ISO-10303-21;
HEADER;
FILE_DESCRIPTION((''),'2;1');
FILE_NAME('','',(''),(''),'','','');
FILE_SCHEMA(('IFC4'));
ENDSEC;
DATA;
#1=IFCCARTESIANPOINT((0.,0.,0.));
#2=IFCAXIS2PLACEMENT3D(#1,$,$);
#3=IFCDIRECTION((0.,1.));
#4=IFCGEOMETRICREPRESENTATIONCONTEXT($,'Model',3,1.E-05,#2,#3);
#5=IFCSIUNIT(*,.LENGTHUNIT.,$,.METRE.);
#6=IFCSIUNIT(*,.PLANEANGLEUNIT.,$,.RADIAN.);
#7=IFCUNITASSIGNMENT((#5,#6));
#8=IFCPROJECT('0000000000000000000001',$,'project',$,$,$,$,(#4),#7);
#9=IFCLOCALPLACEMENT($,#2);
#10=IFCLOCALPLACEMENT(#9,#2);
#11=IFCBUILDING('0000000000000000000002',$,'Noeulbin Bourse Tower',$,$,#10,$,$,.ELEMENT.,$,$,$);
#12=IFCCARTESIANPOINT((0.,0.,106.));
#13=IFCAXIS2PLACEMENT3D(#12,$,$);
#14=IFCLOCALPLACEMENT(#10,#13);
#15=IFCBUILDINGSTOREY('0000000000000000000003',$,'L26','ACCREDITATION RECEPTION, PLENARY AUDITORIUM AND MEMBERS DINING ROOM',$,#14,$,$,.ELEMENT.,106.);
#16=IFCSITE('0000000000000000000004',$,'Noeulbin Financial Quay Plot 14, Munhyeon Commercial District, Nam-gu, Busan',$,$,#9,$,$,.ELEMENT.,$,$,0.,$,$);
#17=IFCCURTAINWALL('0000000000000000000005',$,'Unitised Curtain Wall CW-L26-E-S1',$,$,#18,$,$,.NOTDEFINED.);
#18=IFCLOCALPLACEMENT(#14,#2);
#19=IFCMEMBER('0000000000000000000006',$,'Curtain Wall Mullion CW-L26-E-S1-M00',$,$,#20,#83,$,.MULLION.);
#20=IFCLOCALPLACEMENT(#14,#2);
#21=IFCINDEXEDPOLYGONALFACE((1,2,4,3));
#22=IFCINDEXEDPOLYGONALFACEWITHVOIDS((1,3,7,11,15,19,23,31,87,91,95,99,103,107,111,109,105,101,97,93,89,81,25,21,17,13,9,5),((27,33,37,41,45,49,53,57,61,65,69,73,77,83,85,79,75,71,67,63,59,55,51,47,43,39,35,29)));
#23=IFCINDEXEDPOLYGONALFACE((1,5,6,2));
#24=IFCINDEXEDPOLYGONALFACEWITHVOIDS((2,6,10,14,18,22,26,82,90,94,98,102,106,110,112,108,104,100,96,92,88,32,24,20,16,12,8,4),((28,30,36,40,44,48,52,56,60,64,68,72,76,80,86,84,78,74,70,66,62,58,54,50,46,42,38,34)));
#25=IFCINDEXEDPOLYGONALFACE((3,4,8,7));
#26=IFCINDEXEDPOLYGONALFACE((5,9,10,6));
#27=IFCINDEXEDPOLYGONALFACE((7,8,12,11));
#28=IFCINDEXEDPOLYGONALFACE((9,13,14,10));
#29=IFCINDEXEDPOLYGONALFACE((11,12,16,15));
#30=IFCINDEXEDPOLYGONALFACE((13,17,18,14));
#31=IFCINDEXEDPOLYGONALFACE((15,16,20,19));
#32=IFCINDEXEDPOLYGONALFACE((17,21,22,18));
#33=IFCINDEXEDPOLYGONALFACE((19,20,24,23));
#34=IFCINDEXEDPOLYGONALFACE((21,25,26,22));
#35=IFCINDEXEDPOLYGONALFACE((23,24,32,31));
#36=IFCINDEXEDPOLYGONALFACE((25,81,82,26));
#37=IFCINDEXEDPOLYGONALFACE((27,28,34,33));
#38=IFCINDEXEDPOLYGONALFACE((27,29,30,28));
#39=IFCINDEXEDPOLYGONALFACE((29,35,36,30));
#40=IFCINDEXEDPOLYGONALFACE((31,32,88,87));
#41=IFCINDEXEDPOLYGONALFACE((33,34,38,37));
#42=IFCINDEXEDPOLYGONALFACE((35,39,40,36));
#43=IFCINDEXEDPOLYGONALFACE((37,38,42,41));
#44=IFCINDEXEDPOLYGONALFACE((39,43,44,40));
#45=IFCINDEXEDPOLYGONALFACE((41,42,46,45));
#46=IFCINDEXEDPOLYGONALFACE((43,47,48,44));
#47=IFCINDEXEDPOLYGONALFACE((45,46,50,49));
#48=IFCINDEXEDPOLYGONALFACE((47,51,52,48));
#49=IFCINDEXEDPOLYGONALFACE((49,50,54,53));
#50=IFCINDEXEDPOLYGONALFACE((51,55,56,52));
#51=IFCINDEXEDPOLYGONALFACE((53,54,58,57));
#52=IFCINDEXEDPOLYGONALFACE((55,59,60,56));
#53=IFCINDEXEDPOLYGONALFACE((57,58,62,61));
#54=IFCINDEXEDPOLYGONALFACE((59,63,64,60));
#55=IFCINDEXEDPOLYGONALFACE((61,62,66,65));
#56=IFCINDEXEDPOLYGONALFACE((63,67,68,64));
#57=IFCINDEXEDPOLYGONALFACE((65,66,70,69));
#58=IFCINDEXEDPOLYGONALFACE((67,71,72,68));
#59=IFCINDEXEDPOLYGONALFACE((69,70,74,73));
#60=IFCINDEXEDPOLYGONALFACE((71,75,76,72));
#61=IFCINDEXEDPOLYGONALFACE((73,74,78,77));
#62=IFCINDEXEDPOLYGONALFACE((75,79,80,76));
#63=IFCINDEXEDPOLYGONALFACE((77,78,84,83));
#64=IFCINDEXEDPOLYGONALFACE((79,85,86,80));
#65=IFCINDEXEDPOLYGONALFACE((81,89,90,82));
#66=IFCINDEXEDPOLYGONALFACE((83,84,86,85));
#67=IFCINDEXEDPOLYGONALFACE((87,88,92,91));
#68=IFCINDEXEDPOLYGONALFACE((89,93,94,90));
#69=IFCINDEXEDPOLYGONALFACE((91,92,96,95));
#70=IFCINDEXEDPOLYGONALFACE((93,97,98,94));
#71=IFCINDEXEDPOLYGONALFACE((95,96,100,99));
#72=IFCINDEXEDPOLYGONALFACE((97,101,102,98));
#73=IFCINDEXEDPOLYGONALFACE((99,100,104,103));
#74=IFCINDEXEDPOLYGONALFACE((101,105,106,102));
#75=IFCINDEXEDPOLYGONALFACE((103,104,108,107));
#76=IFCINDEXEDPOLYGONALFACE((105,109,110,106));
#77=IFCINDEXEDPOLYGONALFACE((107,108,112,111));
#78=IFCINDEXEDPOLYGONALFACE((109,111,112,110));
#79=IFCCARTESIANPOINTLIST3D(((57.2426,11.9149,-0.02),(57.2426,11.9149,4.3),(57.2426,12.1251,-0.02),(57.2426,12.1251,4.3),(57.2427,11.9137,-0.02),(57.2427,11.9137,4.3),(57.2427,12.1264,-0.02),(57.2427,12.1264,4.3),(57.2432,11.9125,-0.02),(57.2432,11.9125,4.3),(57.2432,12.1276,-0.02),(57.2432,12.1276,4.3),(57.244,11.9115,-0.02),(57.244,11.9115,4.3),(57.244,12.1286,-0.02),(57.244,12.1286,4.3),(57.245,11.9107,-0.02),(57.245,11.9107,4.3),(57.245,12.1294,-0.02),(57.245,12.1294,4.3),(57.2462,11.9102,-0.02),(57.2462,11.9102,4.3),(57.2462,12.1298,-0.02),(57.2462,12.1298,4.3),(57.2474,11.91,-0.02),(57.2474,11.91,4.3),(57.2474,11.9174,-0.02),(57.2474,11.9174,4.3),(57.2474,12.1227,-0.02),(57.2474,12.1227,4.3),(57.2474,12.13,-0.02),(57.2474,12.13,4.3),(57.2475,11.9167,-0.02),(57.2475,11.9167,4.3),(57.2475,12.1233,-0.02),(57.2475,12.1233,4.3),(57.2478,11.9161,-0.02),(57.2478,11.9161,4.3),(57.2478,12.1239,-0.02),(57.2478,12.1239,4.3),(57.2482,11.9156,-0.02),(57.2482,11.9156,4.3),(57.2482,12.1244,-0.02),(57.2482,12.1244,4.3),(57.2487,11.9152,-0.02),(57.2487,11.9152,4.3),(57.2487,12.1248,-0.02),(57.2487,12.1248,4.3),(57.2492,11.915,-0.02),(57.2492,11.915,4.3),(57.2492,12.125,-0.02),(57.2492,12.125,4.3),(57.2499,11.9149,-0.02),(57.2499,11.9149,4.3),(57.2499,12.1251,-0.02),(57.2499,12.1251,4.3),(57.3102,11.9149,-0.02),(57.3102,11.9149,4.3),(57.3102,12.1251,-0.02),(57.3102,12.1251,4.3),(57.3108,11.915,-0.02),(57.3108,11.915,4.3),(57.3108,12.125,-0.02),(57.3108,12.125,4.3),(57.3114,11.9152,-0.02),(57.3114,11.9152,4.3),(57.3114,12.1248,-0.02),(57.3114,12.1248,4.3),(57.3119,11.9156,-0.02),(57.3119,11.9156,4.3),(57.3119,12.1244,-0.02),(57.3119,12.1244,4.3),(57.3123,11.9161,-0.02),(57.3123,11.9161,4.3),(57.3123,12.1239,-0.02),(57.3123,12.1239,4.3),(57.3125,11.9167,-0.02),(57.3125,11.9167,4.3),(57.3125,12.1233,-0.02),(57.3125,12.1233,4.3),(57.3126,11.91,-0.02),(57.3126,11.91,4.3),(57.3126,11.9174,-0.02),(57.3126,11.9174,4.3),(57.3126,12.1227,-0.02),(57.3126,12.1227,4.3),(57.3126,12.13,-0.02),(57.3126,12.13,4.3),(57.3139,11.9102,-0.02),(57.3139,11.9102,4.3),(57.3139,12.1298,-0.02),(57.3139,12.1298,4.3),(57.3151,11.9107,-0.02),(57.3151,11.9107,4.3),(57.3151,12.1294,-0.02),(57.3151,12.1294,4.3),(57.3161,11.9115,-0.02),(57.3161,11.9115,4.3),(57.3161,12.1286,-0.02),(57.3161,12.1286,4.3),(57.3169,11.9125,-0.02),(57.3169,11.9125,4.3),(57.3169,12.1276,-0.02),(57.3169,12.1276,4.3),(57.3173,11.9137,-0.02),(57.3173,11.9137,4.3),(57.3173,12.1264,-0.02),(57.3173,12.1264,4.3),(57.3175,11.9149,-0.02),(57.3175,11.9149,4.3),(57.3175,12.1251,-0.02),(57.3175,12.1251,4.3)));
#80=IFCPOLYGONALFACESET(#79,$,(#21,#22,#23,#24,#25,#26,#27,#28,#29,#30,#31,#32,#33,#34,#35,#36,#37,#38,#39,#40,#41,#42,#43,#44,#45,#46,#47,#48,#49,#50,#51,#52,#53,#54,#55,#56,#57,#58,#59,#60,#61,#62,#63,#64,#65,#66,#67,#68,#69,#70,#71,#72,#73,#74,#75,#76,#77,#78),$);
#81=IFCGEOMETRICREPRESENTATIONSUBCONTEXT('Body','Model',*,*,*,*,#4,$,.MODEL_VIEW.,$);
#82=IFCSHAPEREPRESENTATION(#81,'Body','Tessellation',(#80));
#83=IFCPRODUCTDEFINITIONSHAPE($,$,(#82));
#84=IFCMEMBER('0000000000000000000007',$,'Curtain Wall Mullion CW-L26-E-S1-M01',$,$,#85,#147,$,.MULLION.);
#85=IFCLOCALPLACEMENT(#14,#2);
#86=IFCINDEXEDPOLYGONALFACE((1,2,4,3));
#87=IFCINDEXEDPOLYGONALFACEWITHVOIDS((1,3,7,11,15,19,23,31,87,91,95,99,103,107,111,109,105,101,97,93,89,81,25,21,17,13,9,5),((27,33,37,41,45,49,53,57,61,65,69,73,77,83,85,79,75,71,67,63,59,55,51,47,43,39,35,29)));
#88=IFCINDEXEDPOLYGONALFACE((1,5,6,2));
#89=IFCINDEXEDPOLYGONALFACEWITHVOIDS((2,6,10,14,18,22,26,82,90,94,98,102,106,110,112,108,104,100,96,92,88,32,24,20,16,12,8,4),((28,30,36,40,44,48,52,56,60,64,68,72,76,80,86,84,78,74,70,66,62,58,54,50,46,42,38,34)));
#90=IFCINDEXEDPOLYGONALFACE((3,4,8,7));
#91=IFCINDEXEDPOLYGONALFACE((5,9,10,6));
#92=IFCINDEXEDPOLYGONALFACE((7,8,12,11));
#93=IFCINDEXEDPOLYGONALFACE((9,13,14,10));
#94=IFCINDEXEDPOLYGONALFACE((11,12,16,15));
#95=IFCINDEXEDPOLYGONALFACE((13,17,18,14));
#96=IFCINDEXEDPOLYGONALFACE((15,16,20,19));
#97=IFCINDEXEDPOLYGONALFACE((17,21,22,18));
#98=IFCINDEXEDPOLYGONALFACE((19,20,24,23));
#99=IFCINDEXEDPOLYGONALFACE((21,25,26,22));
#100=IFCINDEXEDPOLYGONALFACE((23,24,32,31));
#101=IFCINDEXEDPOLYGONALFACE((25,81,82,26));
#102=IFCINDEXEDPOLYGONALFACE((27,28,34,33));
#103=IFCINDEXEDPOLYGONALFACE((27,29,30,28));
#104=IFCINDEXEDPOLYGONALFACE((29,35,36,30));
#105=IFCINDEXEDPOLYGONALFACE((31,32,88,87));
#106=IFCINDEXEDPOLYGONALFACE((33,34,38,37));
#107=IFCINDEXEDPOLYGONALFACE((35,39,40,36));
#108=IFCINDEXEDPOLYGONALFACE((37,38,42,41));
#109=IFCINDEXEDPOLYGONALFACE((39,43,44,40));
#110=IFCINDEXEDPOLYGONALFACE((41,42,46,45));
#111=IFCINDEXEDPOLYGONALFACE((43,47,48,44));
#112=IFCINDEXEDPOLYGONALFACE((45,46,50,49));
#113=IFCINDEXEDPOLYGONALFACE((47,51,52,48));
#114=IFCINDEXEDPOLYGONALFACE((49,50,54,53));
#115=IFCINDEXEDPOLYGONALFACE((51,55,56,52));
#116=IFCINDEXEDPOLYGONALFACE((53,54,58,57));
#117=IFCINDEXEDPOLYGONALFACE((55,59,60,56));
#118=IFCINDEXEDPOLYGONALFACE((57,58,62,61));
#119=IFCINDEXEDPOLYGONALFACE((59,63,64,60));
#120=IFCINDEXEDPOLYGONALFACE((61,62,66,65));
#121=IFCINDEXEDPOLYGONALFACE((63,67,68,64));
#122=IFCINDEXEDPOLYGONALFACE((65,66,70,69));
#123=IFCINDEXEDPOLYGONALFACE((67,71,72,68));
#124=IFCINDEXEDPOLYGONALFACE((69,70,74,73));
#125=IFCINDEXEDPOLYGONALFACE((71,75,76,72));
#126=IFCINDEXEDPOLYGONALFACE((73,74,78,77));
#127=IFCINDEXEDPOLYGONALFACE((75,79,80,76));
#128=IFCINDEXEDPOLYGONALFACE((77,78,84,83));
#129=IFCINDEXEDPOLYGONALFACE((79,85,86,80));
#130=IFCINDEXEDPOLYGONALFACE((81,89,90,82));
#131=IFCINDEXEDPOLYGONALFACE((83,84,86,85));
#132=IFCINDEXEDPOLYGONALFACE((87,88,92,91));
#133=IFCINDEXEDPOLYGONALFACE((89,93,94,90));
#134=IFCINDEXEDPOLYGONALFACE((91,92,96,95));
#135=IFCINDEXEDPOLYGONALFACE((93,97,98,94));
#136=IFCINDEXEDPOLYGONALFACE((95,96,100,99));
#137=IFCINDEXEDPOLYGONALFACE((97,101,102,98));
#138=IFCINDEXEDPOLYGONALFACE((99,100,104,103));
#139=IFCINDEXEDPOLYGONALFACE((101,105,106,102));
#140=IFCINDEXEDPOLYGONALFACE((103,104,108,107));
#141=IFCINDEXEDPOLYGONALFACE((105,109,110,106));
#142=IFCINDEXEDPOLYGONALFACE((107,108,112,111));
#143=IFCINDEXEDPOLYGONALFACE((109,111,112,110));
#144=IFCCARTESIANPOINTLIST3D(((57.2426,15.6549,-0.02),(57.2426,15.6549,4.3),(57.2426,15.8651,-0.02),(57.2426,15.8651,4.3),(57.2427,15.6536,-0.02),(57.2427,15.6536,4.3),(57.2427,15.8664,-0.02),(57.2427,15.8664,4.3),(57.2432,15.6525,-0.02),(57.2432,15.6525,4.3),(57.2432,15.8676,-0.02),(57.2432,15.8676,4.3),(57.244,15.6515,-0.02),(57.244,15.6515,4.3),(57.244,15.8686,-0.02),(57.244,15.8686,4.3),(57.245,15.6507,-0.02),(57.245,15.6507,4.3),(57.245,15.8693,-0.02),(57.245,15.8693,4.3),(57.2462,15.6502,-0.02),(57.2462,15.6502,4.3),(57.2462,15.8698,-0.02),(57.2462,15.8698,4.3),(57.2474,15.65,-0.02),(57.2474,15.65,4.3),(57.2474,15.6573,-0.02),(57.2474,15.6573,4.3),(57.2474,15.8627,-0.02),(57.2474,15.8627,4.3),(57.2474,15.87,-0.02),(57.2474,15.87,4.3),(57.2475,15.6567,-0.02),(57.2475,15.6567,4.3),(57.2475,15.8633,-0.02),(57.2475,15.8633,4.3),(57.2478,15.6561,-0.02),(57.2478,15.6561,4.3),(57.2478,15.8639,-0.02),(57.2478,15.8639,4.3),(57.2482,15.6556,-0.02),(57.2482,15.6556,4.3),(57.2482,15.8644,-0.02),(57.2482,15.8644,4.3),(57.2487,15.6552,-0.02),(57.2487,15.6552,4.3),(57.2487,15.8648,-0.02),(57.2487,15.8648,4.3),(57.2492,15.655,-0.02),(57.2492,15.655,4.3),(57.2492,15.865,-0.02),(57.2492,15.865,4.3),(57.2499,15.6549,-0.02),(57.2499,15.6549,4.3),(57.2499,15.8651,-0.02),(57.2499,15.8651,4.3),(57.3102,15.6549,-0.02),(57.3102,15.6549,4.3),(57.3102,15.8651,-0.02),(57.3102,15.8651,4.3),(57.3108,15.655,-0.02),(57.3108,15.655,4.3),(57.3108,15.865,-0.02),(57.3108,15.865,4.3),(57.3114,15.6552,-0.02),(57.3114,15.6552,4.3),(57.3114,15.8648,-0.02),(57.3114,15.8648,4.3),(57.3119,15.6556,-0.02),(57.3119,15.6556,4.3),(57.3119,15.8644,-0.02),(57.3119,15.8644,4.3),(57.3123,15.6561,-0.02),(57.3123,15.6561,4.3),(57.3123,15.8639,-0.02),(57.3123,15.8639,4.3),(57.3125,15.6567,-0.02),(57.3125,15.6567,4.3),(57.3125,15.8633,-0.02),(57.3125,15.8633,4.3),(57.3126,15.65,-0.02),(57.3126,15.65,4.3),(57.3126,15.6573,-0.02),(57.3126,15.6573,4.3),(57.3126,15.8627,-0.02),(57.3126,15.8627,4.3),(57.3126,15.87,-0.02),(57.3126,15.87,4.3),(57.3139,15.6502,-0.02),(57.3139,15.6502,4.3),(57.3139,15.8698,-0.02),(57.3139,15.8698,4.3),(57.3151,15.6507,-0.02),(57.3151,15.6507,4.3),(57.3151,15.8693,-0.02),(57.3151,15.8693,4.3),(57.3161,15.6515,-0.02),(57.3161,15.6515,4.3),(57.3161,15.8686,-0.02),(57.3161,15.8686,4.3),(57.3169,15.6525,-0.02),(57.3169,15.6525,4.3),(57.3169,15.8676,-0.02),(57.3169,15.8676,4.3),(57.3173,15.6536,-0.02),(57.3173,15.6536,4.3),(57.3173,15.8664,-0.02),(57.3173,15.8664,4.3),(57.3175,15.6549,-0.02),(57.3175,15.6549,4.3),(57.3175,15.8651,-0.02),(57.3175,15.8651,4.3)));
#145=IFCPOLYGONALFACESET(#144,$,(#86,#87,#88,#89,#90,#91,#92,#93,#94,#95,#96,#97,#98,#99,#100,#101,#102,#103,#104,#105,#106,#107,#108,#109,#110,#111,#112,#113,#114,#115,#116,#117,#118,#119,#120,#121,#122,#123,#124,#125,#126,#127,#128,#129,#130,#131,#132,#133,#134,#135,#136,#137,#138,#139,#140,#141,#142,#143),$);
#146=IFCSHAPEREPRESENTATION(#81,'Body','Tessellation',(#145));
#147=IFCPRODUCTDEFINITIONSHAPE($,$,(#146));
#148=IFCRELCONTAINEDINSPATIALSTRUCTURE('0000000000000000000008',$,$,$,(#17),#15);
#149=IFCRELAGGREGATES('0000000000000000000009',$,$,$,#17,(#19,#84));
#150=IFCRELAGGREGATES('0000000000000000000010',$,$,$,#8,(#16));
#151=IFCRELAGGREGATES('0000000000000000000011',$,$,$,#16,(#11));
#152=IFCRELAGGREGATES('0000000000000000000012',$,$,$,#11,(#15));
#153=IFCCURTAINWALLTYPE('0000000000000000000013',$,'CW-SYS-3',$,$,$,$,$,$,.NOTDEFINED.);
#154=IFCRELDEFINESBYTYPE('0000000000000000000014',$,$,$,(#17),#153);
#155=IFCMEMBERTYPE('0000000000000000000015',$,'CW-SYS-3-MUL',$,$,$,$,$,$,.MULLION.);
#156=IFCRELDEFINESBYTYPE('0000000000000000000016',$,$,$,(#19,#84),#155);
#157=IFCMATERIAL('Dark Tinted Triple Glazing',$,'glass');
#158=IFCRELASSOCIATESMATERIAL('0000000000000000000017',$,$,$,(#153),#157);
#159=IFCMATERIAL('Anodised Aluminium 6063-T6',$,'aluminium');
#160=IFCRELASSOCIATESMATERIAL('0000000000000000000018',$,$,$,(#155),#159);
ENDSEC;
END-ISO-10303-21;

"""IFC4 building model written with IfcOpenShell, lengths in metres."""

from ifc_helpers import new_model, si_unit, direction, frame, origin, origin_2d, place, context, subcontext, project, spatial, hollow_rectangle, extrude, material, material_profile, profile_set, type_object, element, aggregate, save


model = new_model("IFC4")

# Units and contexts
model_context = context("Model", 3, precision=1e-05, world=origin(), true_north=direction((0.0, 1.0)))
body_context = subcontext(model_context, "Body", "Model", "MODEL_VIEW")
ifc_project = project(units=[si_unit("LENGTHUNIT", "METRE"), si_unit("PLANEANGLEUNIT", "RADIAN")], contexts=[model_context])

# Site, building, storey
site_placement = place(None, origin())
site = spatial("IfcSite", under=ifc_project, at=site_placement, Name="Noeulbin Financial Quay Plot 14, Munhyeon Commercial District, Nam-gu, Busan", CompositionType="ELEMENT", RefElevation=0.0)
building_placement = place(site_placement, origin())
building = spatial("IfcBuilding", under=site, at=building_placement, Name="Noeulbin Bourse Tower", CompositionType="ELEMENT")
storey_placement = place(building_placement, frame((0.0, 0.0, 106.0)))
storey = spatial("IfcBuildingStorey", under=building, at=storey_placement, Name="L26", Description="ACCREDITATION RECEPTION, PLENARY AUDITORIUM AND MEMBERS DINING ROOM", CompositionType="ELEMENT", Elevation=106.0)

# Shared definitions
ifc_material_1 = material(Name="Dark Tinted Triple Glazing", Category="glass")
curtain_wall_type = type_object("IfcCurtainWallType", Name="CW-SYS-3", PredefinedType="NOTDEFINED", material=ifc_material_1)
ifc_material_2 = material(Name="Anodised Aluminium 6063-T6", Category="aluminium")
ifc_material_profile_1 = material_profile(ifc_material_2, hollow_rectangle(XDim=0.075, YDim=0.22, WallThickness=0.0049, InnerFilletRadius=0.0024, OuterFilletRadius=0.0049, at=origin_2d()), Name="ALU-MULL-75x220x5", Category="LoadBearing")
ifc_profile_set_1 = profile_set([ifc_material_profile_1], Name="Anodised Aluminium 6063-T6")
member_type_1 = type_object("IfcMemberType", Name="CW-SYS-3-MUL", PredefinedType="MULLION", material=ifc_profile_set_1)

# Curtain wall, members
curtain_wall_1_placement = place(storey_placement, origin())
curtain_wall_1 = element("IfcCurtainWall", 1, at=curtain_wall_1_placement, inside=storey, type_object=curtain_wall_type, Name="Unitised Curtain Wall CW-L26-E-S1", PredefinedType="NOTDEFINED")
member_1_placement = place(storey_placement, frame((57.28, 12.02, -0.02), z_axis=(0.0, 0.0, 1.0), x_axis=(1.0, 0.0, 0.0)))
member_1 = element("IfcMember", 2, at=member_1_placement, type_object=member_type_1, Name="Curtain Wall Mullion CW-L26-E-S1-M00", PredefinedType="MULLION", context=body_context, shape_type="SweptSolid", body=[
    extrude(hollow_rectangle(XDim=0.075, YDim=0.22, WallThickness=0.0049, InnerFilletRadius=0.0024, OuterFilletRadius=0.0049, at=origin_2d()), origin(), (0.0, 0.0, 1.0), 4.3201),
])
member_2_placement = place(storey_placement, frame((57.28, 15.76, -0.02), z_axis=(0.0, 0.0, 1.0), x_axis=(1.0, 0.0, 0.0)))
member_2 = element("IfcMember", 3, at=member_2_placement, type_object=member_type_1, Name="Curtain Wall Mullion CW-L26-E-S1-M01", PredefinedType="MULLION", context=body_context, shape_type="SweptSolid", body=[
    extrude(hollow_rectangle(XDim=0.075, YDim=0.22, WallThickness=0.0049, InnerFilletRadius=0.0024, OuterFilletRadius=0.0049, at=origin_2d()), origin(), (0.0, 0.0, 1.0), 4.3201),
])

aggregate(curtain_wall_1, [member_1, member_2])

save(model, "model.ifc")
